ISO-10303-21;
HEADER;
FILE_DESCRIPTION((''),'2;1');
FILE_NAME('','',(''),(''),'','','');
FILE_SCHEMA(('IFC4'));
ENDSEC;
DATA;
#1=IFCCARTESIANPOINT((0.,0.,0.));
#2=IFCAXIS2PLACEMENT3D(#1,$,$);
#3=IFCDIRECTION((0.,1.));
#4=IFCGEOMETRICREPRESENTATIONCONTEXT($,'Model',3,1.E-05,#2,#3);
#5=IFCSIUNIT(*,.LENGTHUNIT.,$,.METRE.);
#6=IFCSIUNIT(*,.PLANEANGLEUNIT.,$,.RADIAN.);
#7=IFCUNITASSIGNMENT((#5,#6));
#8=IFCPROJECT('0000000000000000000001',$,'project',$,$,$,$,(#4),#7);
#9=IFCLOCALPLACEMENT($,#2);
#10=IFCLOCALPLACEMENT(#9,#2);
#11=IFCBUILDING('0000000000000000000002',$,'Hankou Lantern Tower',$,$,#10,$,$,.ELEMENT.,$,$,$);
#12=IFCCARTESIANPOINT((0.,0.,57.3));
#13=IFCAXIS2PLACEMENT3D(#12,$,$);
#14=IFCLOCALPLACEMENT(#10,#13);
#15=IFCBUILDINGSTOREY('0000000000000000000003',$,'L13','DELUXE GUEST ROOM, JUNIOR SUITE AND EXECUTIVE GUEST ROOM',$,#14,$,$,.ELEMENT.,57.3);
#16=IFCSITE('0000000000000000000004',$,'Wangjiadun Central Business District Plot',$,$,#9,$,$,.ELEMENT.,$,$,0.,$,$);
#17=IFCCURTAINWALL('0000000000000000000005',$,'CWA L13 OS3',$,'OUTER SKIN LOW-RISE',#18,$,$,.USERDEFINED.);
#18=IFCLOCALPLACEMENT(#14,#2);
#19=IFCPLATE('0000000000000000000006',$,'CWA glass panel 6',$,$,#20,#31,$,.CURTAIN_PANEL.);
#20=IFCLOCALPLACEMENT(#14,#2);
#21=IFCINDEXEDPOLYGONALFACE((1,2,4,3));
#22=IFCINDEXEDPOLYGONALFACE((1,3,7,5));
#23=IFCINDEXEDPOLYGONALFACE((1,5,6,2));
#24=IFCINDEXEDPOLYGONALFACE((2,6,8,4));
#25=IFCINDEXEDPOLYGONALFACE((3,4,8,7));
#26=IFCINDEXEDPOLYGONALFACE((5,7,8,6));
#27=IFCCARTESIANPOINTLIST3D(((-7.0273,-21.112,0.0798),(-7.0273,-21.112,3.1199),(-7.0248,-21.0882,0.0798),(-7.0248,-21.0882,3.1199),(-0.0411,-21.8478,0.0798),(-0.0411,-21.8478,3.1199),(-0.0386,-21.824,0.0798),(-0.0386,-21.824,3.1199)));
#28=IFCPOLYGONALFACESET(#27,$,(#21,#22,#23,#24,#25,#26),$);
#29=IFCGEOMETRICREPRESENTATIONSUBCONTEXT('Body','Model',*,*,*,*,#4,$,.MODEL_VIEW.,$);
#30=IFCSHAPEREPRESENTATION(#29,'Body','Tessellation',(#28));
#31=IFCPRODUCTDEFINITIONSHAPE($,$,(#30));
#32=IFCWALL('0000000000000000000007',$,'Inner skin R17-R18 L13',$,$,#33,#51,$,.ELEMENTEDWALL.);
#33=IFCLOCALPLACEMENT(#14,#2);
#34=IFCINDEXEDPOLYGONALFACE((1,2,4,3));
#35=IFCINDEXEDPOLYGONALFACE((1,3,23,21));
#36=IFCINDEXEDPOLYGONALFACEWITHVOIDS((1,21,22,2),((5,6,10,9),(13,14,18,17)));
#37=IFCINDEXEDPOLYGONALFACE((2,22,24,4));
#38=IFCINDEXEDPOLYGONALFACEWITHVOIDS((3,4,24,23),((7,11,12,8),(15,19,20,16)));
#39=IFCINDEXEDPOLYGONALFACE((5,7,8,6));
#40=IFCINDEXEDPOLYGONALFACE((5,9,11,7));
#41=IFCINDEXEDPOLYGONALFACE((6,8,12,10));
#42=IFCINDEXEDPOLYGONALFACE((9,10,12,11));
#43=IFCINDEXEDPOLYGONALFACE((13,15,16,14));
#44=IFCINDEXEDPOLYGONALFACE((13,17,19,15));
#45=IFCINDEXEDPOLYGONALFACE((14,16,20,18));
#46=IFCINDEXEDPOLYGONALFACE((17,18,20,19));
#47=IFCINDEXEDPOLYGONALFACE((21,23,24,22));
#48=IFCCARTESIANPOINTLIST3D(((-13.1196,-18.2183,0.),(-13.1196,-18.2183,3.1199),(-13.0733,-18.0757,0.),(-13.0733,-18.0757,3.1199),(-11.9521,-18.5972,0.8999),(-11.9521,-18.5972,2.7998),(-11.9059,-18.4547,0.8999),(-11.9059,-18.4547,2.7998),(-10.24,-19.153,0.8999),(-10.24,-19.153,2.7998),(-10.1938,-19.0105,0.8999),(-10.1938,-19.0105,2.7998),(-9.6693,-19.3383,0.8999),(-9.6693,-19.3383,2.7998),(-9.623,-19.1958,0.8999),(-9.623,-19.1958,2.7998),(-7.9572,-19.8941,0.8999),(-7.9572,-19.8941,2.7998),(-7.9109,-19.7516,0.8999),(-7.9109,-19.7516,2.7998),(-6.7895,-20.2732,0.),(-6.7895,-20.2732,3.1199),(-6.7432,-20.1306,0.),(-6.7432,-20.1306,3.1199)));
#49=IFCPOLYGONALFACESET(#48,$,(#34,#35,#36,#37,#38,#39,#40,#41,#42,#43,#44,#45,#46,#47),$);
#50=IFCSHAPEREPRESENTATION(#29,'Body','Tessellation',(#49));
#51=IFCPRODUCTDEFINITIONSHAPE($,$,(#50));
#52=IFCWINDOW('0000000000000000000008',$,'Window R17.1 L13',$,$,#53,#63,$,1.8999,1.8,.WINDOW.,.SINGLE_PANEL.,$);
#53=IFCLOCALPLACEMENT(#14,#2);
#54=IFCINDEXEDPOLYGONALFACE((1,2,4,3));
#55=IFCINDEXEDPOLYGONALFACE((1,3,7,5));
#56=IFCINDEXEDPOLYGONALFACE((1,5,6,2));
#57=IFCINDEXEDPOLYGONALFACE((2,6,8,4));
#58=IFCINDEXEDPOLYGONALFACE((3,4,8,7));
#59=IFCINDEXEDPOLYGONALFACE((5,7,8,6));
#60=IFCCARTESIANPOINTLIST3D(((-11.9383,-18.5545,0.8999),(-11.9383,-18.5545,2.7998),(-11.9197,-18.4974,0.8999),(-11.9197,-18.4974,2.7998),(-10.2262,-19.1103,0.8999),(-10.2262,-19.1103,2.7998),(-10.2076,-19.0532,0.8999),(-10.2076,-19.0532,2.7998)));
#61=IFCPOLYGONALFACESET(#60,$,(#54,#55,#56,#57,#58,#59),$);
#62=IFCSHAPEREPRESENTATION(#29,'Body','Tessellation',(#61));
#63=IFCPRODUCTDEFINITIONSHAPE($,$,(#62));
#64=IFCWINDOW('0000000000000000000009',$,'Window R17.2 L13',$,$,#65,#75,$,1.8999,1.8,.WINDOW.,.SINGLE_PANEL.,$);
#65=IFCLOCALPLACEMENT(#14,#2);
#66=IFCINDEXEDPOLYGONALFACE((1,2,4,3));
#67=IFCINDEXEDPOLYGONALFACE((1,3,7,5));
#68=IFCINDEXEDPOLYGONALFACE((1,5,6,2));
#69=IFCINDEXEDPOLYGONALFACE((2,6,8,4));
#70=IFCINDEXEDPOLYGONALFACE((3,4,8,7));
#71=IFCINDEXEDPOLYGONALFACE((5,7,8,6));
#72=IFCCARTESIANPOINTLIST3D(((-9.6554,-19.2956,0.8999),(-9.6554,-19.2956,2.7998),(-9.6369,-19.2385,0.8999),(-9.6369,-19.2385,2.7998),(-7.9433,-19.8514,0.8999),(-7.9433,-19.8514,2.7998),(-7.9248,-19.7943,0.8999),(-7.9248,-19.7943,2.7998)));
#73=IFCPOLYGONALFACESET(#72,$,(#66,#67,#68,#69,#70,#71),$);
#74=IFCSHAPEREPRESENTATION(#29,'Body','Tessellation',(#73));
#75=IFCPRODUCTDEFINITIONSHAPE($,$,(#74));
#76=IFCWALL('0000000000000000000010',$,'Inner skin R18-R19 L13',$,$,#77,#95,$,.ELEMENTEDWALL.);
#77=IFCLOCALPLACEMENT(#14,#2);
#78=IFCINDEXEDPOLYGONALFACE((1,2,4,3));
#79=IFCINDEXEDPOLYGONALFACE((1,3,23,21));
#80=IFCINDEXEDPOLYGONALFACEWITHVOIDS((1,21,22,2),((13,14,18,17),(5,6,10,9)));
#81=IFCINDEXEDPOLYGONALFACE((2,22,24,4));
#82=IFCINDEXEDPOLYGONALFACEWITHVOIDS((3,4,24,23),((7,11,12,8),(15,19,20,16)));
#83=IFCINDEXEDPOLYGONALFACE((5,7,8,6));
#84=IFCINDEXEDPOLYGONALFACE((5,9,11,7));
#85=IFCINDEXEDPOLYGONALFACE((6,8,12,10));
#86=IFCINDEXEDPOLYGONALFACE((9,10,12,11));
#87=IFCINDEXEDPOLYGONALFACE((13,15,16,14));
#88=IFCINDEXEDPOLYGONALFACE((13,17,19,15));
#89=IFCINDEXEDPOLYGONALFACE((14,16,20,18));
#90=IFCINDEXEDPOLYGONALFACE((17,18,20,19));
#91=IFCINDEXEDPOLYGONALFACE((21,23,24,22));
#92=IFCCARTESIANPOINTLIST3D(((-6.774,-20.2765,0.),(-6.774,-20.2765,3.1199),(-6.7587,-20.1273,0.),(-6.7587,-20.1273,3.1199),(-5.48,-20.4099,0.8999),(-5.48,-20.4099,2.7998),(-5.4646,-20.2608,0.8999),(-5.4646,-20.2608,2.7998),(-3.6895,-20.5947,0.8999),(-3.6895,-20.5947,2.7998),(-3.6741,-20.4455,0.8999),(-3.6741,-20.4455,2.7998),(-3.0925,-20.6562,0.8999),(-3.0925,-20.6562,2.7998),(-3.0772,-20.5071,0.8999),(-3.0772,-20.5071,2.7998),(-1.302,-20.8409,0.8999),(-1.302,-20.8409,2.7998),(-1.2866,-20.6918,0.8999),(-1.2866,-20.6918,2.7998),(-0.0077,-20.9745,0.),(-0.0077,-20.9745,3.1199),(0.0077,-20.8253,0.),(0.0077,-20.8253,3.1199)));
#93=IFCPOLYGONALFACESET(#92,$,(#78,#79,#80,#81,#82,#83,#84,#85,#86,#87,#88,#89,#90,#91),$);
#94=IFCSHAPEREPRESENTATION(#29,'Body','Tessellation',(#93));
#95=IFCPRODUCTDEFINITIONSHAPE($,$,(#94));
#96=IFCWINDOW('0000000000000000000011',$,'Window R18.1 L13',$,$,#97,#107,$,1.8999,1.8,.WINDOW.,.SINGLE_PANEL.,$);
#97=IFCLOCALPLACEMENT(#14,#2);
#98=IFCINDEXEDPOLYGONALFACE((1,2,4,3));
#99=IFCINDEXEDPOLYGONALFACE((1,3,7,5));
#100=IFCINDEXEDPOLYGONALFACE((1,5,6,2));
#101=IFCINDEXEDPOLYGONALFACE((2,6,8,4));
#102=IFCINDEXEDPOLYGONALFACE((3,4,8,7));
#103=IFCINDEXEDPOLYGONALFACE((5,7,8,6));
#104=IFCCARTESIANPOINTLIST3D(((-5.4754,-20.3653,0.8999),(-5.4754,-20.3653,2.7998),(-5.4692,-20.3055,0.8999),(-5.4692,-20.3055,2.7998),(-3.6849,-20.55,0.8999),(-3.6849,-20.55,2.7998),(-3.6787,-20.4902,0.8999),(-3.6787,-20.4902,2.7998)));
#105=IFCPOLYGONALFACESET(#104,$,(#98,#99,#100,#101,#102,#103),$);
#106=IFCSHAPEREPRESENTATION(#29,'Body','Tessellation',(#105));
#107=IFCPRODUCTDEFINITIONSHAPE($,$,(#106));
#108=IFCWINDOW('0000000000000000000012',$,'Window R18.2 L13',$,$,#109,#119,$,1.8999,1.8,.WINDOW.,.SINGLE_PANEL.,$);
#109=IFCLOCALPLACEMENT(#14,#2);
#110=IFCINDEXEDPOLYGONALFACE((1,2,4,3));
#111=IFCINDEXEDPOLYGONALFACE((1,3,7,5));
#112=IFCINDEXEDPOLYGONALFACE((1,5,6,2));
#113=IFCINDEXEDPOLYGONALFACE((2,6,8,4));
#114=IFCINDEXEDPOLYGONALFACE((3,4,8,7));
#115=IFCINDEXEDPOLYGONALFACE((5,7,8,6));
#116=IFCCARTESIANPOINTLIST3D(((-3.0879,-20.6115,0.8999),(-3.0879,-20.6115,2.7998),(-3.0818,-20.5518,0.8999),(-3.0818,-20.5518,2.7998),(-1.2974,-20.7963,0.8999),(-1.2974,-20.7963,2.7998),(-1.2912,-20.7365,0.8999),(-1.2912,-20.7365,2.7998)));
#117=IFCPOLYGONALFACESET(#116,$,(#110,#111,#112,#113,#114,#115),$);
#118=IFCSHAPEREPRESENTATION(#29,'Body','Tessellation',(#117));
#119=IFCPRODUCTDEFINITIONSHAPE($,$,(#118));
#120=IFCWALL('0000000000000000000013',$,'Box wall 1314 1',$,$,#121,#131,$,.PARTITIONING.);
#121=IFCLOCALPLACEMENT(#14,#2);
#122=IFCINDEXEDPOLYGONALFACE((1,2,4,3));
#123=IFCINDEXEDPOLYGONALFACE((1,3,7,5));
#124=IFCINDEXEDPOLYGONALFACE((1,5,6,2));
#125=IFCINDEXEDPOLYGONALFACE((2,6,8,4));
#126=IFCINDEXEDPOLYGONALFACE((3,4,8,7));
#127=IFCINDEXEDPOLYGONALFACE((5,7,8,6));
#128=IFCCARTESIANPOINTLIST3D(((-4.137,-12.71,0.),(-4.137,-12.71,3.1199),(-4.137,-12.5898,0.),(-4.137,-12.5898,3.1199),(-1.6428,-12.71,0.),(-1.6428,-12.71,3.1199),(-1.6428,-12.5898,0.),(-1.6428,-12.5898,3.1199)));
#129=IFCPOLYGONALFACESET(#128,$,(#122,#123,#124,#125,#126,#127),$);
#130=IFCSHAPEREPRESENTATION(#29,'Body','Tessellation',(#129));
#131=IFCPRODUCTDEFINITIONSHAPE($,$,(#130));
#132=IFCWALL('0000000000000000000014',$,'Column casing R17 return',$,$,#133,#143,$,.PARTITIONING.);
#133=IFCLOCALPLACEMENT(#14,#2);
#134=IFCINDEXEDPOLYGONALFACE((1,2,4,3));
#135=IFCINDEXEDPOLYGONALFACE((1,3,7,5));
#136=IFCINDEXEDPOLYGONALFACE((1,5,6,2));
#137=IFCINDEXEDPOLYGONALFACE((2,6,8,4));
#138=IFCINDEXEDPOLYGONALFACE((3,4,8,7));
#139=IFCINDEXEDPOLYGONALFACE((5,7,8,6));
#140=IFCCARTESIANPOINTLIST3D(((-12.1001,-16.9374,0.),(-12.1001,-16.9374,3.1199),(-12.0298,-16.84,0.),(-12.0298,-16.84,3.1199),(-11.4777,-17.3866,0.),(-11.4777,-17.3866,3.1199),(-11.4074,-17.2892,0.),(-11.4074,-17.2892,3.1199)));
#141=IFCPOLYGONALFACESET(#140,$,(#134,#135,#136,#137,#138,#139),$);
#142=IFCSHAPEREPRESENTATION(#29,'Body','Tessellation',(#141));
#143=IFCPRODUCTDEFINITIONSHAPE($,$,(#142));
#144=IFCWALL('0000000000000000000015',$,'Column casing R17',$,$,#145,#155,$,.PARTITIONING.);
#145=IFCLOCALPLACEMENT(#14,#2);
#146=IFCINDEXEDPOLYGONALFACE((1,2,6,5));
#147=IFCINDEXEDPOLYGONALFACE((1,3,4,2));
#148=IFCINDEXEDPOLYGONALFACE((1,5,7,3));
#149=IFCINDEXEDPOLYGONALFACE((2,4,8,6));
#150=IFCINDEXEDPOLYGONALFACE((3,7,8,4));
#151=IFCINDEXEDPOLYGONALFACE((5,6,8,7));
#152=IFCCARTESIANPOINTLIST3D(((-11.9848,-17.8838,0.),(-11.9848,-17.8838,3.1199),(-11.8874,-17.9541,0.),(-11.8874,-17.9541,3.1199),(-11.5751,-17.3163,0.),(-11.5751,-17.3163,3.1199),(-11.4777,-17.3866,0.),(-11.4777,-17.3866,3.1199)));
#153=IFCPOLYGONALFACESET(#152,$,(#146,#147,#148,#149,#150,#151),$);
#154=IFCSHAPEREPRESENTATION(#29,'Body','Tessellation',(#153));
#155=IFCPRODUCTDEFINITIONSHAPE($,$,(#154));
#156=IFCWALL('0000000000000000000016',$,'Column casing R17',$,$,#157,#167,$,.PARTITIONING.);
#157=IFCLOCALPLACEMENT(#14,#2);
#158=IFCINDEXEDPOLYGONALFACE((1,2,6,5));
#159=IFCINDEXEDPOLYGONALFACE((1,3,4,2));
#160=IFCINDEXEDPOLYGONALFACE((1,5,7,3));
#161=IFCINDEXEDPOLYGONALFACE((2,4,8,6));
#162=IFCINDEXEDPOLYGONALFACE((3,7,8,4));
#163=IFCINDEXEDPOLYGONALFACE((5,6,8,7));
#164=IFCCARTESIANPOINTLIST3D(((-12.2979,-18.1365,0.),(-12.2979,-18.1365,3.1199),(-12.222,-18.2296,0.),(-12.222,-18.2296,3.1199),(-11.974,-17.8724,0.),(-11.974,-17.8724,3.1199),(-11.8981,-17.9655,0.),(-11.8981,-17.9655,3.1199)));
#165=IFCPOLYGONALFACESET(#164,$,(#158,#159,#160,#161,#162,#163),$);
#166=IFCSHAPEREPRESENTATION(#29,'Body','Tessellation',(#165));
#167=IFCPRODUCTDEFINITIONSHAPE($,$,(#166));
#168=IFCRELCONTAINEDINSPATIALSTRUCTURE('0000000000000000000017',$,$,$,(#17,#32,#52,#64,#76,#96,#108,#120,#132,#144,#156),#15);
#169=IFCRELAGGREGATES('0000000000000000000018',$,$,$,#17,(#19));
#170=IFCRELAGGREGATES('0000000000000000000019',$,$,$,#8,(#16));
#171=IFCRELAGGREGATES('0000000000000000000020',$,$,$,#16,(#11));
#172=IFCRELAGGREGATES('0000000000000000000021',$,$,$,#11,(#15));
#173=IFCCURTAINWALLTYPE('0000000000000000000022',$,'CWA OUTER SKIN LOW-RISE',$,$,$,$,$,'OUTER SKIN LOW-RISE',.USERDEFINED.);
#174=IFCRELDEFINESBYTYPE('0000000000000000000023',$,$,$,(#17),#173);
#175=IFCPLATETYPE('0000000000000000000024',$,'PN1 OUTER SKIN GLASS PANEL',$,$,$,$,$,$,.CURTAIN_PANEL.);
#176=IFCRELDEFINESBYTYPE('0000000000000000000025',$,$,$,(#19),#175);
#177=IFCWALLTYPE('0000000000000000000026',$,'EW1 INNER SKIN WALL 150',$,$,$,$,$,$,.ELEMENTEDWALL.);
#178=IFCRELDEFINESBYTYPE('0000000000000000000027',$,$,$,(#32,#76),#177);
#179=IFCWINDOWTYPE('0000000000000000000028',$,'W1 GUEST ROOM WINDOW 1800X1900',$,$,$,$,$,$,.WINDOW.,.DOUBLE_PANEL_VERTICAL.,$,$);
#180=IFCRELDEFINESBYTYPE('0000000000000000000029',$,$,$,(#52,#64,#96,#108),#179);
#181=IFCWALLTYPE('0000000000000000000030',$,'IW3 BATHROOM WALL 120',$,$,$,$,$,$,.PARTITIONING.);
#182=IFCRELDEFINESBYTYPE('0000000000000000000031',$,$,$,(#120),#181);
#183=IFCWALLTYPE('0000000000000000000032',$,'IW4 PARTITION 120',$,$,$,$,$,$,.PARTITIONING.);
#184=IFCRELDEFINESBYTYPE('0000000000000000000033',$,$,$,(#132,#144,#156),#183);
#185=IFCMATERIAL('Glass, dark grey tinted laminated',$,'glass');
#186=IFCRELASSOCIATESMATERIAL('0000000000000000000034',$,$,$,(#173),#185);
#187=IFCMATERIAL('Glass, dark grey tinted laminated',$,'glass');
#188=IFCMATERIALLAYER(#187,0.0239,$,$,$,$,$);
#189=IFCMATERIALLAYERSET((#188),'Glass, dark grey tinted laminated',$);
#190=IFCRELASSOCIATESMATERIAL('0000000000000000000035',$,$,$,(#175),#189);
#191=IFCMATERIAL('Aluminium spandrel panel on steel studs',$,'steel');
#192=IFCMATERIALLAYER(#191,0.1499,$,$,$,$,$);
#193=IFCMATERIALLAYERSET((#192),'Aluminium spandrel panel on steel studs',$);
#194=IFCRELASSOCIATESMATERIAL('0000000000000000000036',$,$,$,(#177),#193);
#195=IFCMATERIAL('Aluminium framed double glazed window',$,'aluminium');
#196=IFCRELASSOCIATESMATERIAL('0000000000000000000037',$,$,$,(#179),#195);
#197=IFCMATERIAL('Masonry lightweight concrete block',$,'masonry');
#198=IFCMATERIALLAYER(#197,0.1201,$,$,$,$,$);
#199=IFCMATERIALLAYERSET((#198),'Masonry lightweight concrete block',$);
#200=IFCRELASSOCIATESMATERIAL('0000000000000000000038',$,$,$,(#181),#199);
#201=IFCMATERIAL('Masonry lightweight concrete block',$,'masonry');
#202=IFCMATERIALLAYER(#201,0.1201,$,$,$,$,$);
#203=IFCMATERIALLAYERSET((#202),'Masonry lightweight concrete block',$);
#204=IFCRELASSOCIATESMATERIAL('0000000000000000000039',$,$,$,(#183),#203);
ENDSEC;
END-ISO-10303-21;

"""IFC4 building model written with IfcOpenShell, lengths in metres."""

from ifc_helpers import new_model, si_unit, direction, frame, frame_2d, origin, origin_2d, place, context, subcontext, project, spatial, rectangle, extrude, material, layer, layer_set, type_object, element, fill, aggregate, save


model = new_model("IFC4")

# Units and contexts
model_context = context("Model", 3, precision=1e-05, world=origin(), true_north=direction((0.0, 1.0)))
body_context = subcontext(model_context, "Body", "Model", "MODEL_VIEW")
ifc_project = project(units=[si_unit("LENGTHUNIT", "METRE"), si_unit("PLANEANGLEUNIT", "RADIAN")], contexts=[model_context])

# Site, building, storey
site_placement = place(None, origin())
site = spatial("IfcSite", under=ifc_project, at=site_placement, Name="Wangjiadun Central Business District Plot", CompositionType="ELEMENT", RefElevation=0.0)
building_placement = place(site_placement, origin())
building = spatial("IfcBuilding", under=site, at=building_placement, Name="Hankou Lantern Tower", CompositionType="ELEMENT")
storey_placement = place(building_placement, frame((0.0, 0.0, 57.3)))
storey = spatial("IfcBuildingStorey", under=building, at=storey_placement, Name="L13", Description="DELUXE GUEST ROOM, JUNIOR SUITE AND EXECUTIVE GUEST ROOM", CompositionType="ELEMENT", Elevation=57.3)

# Curtain wall
ifc_material_1 = material(Name="Glass, dark grey tinted laminated", Category="glass")
curtain_wall_type = type_object("IfcCurtainWallType", Name="CWA OUTER SKIN LOW-RISE", ElementType="OUTER SKIN LOW-RISE", PredefinedType="USERDEFINED", material=ifc_material_1)
curtain_wall_placement = place(storey_placement, origin())
curtain_wall = element("IfcCurtainWall", 1, at=curtain_wall_placement, inside=storey, type_object=curtain_wall_type, Name="CWA L13 OS3", ObjectType="OUTER SKIN LOW-RISE", PredefinedType="USERDEFINED")

# Plate
ifc_material_2 = material(Name="Glass, dark grey tinted laminated", Category="glass")
ifc_layer_1 = layer(ifc_material_2, 0.0239)
ifc_layer_set_1 = layer_set([ifc_layer_1], Name="Glass, dark grey tinted laminated")
plate_type = type_object("IfcPlateType", Name="PN1 OUTER SKIN GLASS PANEL", PredefinedType="CURTAIN_PANEL", material=ifc_layer_set_1)
plate_1_placement = place(storey_placement, frame((-3.533, -21.468, 0.0798), z_axis=(0.0, 0.0, 1.0), x_axis=(0.994499, -0.104743, 0.0)))
plate_1 = element("IfcPlate", 2, at=plate_1_placement, type_object=plate_type, Name="CWA glass panel 6", PredefinedType="CURTAIN_PANEL", context=body_context, shape_type="SweptSolid", body=[
    extrude(rectangle(XDim=7.0249, YDim=0.0239, at=origin_2d()), origin(), (0.0, 0.0, 1.0), 3.04),
])
aggregate(curtain_wall, [plate_1])

# Walls, openings, windows
ifc_material_3 = material(Name="Aluminium spandrel panel on steel studs", Category="steel")
ifc_layer_2 = layer(ifc_material_3, 0.1499)
ifc_layer_set_2 = layer_set([ifc_layer_2], Name="Aluminium spandrel panel on steel studs")
wall_type_1 = type_object("IfcWallType", Name="EW1 INNER SKIN WALL 150", PredefinedType="ELEMENTEDWALL", material=ifc_layer_set_2)
wall_1_placement = place(storey_placement, frame((-13.0964, -18.147, 0.0), z_axis=(0.0, 0.0, 1.0), x_axis=(0.951138, -0.308768, 0.0)))
wall_1 = element("IfcWall", 3, at=wall_1_placement, inside=storey, type_object=wall_type_1, Name="Inner skin R17-R18 L13", PredefinedType="ELEMENTEDWALL", context=body_context, shape_type="SweptSolid", body=[
    extrude(rectangle(XDim=6.6553, YDim=0.1499, at=frame_2d((3.3276, 0.0))), origin(), (0.0, 0.0, 1.0), 3.1199),
])
opening_1_placement = place(wall_1_placement, frame((1.2275, 0.0, 0.8999)))
opening_1 = element("IfcOpeningElement", 4, at=opening_1_placement, cuts=wall_1, PredefinedType="OPENING", context=body_context, shape_type="SweptSolid", body=[
    extrude(rectangle(XDim=1.8, YDim=1.8999, at=frame_2d((0.8999, 0.95))), frame((0.0, 0.085, 0.0), z_axis=(0.0, -1.0, 0.0), x_axis=(1.0, 0.0, 0.0)), (0.0, 0.0, 1.0), 0.1699),
])
opening_2_placement = place(wall_1_placement, frame((3.6277, 0.0, 0.8999)))
opening_2 = element("IfcOpeningElement", 5, at=opening_2_placement, cuts=wall_1, PredefinedType="OPENING", context=body_context, shape_type="SweptSolid", body=[
    extrude(rectangle(XDim=1.8, YDim=1.8999, at=frame_2d((0.8999, 0.95))), frame((0.0, 0.085, 0.0), z_axis=(0.0, -1.0, 0.0), x_axis=(1.0, 0.0, 0.0)), (0.0, 0.0, 1.0), 0.1699),
])
ifc_material_4 = material(Name="Aluminium framed double glazed window", Category="aluminium")
window_type = type_object("IfcWindowType", Name="W1 GUEST ROOM WINDOW 1800X1900", PartitioningType="DOUBLE_PANEL_VERTICAL", PredefinedType="WINDOW", material=ifc_material_4)
window_1_placement = place(opening_1_placement, origin())
window_1 = element("IfcWindow", 6, at=window_1_placement, inside=storey, type_object=window_type, Name="Window R17.1 L13", OverallHeight=1.8999, OverallWidth=1.8, PartitioningType="SINGLE_PANEL", PredefinedType="WINDOW", context=body_context, shape_type="SweptSolid", body=[
    extrude(rectangle(XDim=1.8, YDim=1.8999, at=frame_2d((0.8999, 0.95))), frame((0.0, 0.03, 0.0), z_axis=(0.0, -1.0, 0.0), x_axis=(1.0, 0.0, 0.0)), (0.0, 0.0, 1.0), 0.0601),
])
fill(opening_1, window_1)
window_2_placement = place(opening_2_placement, origin())
window_2 = element("IfcWindow", 7, at=window_2_placement, inside=storey, type_object=window_type, Name="Window R17.2 L13", OverallHeight=1.8999, OverallWidth=1.8, PartitioningType="SINGLE_PANEL", PredefinedType="WINDOW", context=body_context, shape_type="SweptSolid", body=[
    extrude(rectangle(XDim=1.8, YDim=1.8999, at=frame_2d((0.8999, 0.95))), frame((0.0, 0.03, 0.0), z_axis=(0.0, -1.0, 0.0), x_axis=(1.0, 0.0, 0.0)), (0.0, 0.0, 1.0), 0.0601),
])
fill(opening_2, window_2)
wall_2_placement = place(storey_placement, frame((-6.7664, -20.2019, 0.0), z_axis=(0.0, 0.0, 1.0), x_axis=(0.994721, -0.102613, 0.0)))
wall_2 = element("IfcWall", 8, at=wall_2_placement, inside=storey, type_object=wall_type_1, Name="Inner skin R18-R19 L13", PredefinedType="ELEMENTEDWALL", context=body_context, shape_type="SweptSolid", body=[
    extrude(rectangle(XDim=6.8022, YDim=0.1499, at=frame_2d((3.4011, 0.0))), origin(), (0.0, 0.0, 1.0), 3.1199),
])
opening_3_placement = place(wall_2_placement, frame((1.301, 0.0, 0.8999)))
opening_3 = element("IfcOpeningElement", 9, at=opening_3_placement, cuts=wall_2, PredefinedType="OPENING", context=body_context, shape_type="SweptSolid", body=[
    extrude(rectangle(XDim=1.8, YDim=1.8999, at=frame_2d((0.8999, 0.95))), frame((0.0, 0.085, 0.0), z_axis=(0.0, -1.0, 0.0), x_axis=(1.0, 0.0, 0.0)), (0.0, 0.0, 1.0), 0.1699),
])
opening_4_placement = place(wall_2_placement, frame((3.7012, 0.0, 0.8999)))
opening_4 = element("IfcOpeningElement", 10, at=opening_4_placement, cuts=wall_2, PredefinedType="OPENING", context=body_context, shape_type="SweptSolid", body=[
    extrude(rectangle(XDim=1.8, YDim=1.8999, at=frame_2d((0.8999, 0.95))), frame((0.0, 0.085, 0.0), z_axis=(0.0, -1.0, 0.0), x_axis=(1.0, 0.0, 0.0)), (0.0, 0.0, 1.0), 0.1699),
])
window_3_placement = place(opening_3_placement, origin())
window_3 = element("IfcWindow", 11, at=window_3_placement, inside=storey, type_object=window_type, Name="Window R18.1 L13", OverallHeight=1.8999, OverallWidth=1.8, PartitioningType="SINGLE_PANEL", PredefinedType="WINDOW", context=body_context, shape_type="SweptSolid", body=[
    extrude(rectangle(XDim=1.8, YDim=1.8999, at=frame_2d((0.8999, 0.95))), frame((0.0, 0.03, 0.0), z_axis=(0.0, -1.0, 0.0), x_axis=(1.0, 0.0, 0.0)), (0.0, 0.0, 1.0), 0.0601),
])
fill(opening_3, window_3)
window_4_placement = place(opening_4_placement, origin())
window_4 = element("IfcWindow", 12, at=window_4_placement, inside=storey, type_object=window_type, Name="Window R18.2 L13", OverallHeight=1.8999, OverallWidth=1.8, PartitioningType="SINGLE_PANEL", PredefinedType="WINDOW", context=body_context, shape_type="SweptSolid", body=[
    extrude(rectangle(XDim=1.8, YDim=1.8999, at=frame_2d((0.8999, 0.95))), frame((0.0, 0.03, 0.0), z_axis=(0.0, -1.0, 0.0), x_axis=(1.0, 0.0, 0.0)), (0.0, 0.0, 1.0), 0.0601),
])
fill(opening_4, window_4)

# Walls
ifc_material_5 = material(Name="Masonry lightweight concrete block", Category="masonry")
ifc_layer_3 = layer(ifc_material_5, 0.1201)
ifc_layer_set_3 = layer_set([ifc_layer_3], Name="Masonry lightweight concrete block")
wall_type_2 = type_object("IfcWallType", Name="IW3 BATHROOM WALL 120", PredefinedType="PARTITIONING", material=ifc_layer_set_3)
wall_3_placement = place(storey_placement, frame((-4.137, -12.6499, 0.0), z_axis=(0.0, 0.0, 1.0), x_axis=(1.0, 0.0, 0.0)))
element("IfcWall", 13, at=wall_3_placement, inside=storey, type_object=wall_type_2, Name="Box wall 1314 1", PredefinedType="PARTITIONING", context=body_context, shape_type="SweptSolid", body=[
    extrude(rectangle(XDim=2.4941, YDim=0.1201, at=frame_2d((1.2471, 0.0))), origin(), (0.0, 0.0, 1.0), 3.1199),
])
ifc_material_6 = material(Name="Masonry lightweight concrete block", Category="masonry")
ifc_layer_4 = layer(ifc_material_6, 0.1201)
ifc_layer_set_4 = layer_set([ifc_layer_4], Name="Masonry lightweight concrete block")
wall_type_3 = type_object("IfcWallType", Name="IW4 PARTITION 120", PredefinedType="PARTITIONING", material=ifc_layer_set_4)
wall_4_placement = place(storey_placement, frame((-12.0649, -16.8887, 0.0), z_axis=(0.0, 0.0, 1.0), x_axis=(0.810822, -0.585293, 0.0)))
element("IfcWall", 14, at=wall_4_placement, inside=storey, type_object=wall_type_3, Name="Column casing R17 return", PredefinedType="PARTITIONING", context=body_context, shape_type="SweptSolid", body=[
    extrude(rectangle(XDim=0.7676, YDim=0.1201, at=frame_2d((0.3838, 0.0))), origin(), (0.0, 0.0, 1.0), 3.1199),
])
wall_5_placement = place(storey_placement, frame((-11.5264, -17.3513, 0.0), z_axis=(0.0, 0.0, 1.0), x_axis=(-0.585223, -0.810872, 0.0)))
element("IfcWall", 15, at=wall_5_placement, inside=storey, type_object=wall_type_3, Name="Column casing R17", PredefinedType="PARTITIONING", context=body_context, shape_type="SweptSolid", body=[
    extrude(rectangle(XDim=0.7, YDim=0.1201, at=frame_2d((0.3501, 0.0))), origin(), (0.0, 0.0, 1.0), 3.1199),
])
wall_6_placement = place(storey_placement, frame((-11.936, -17.9189, 0.0), z_axis=(0.0, 0.0, 1.0), x_axis=(-0.775023, -0.631933, 0.0)))
element("IfcWall", 16, at=wall_6_placement, inside=storey, type_object=wall_type_3, Name="Column casing R17", PredefinedType="PARTITIONING", context=body_context, shape_type="SweptSolid", body=[
    extrude(rectangle(XDim=0.418, YDim=0.1201, at=frame_2d((0.209, 0.0))), origin(), (0.0, 0.0, 1.0), 3.1199),
])

save(model, "model.ifc")
